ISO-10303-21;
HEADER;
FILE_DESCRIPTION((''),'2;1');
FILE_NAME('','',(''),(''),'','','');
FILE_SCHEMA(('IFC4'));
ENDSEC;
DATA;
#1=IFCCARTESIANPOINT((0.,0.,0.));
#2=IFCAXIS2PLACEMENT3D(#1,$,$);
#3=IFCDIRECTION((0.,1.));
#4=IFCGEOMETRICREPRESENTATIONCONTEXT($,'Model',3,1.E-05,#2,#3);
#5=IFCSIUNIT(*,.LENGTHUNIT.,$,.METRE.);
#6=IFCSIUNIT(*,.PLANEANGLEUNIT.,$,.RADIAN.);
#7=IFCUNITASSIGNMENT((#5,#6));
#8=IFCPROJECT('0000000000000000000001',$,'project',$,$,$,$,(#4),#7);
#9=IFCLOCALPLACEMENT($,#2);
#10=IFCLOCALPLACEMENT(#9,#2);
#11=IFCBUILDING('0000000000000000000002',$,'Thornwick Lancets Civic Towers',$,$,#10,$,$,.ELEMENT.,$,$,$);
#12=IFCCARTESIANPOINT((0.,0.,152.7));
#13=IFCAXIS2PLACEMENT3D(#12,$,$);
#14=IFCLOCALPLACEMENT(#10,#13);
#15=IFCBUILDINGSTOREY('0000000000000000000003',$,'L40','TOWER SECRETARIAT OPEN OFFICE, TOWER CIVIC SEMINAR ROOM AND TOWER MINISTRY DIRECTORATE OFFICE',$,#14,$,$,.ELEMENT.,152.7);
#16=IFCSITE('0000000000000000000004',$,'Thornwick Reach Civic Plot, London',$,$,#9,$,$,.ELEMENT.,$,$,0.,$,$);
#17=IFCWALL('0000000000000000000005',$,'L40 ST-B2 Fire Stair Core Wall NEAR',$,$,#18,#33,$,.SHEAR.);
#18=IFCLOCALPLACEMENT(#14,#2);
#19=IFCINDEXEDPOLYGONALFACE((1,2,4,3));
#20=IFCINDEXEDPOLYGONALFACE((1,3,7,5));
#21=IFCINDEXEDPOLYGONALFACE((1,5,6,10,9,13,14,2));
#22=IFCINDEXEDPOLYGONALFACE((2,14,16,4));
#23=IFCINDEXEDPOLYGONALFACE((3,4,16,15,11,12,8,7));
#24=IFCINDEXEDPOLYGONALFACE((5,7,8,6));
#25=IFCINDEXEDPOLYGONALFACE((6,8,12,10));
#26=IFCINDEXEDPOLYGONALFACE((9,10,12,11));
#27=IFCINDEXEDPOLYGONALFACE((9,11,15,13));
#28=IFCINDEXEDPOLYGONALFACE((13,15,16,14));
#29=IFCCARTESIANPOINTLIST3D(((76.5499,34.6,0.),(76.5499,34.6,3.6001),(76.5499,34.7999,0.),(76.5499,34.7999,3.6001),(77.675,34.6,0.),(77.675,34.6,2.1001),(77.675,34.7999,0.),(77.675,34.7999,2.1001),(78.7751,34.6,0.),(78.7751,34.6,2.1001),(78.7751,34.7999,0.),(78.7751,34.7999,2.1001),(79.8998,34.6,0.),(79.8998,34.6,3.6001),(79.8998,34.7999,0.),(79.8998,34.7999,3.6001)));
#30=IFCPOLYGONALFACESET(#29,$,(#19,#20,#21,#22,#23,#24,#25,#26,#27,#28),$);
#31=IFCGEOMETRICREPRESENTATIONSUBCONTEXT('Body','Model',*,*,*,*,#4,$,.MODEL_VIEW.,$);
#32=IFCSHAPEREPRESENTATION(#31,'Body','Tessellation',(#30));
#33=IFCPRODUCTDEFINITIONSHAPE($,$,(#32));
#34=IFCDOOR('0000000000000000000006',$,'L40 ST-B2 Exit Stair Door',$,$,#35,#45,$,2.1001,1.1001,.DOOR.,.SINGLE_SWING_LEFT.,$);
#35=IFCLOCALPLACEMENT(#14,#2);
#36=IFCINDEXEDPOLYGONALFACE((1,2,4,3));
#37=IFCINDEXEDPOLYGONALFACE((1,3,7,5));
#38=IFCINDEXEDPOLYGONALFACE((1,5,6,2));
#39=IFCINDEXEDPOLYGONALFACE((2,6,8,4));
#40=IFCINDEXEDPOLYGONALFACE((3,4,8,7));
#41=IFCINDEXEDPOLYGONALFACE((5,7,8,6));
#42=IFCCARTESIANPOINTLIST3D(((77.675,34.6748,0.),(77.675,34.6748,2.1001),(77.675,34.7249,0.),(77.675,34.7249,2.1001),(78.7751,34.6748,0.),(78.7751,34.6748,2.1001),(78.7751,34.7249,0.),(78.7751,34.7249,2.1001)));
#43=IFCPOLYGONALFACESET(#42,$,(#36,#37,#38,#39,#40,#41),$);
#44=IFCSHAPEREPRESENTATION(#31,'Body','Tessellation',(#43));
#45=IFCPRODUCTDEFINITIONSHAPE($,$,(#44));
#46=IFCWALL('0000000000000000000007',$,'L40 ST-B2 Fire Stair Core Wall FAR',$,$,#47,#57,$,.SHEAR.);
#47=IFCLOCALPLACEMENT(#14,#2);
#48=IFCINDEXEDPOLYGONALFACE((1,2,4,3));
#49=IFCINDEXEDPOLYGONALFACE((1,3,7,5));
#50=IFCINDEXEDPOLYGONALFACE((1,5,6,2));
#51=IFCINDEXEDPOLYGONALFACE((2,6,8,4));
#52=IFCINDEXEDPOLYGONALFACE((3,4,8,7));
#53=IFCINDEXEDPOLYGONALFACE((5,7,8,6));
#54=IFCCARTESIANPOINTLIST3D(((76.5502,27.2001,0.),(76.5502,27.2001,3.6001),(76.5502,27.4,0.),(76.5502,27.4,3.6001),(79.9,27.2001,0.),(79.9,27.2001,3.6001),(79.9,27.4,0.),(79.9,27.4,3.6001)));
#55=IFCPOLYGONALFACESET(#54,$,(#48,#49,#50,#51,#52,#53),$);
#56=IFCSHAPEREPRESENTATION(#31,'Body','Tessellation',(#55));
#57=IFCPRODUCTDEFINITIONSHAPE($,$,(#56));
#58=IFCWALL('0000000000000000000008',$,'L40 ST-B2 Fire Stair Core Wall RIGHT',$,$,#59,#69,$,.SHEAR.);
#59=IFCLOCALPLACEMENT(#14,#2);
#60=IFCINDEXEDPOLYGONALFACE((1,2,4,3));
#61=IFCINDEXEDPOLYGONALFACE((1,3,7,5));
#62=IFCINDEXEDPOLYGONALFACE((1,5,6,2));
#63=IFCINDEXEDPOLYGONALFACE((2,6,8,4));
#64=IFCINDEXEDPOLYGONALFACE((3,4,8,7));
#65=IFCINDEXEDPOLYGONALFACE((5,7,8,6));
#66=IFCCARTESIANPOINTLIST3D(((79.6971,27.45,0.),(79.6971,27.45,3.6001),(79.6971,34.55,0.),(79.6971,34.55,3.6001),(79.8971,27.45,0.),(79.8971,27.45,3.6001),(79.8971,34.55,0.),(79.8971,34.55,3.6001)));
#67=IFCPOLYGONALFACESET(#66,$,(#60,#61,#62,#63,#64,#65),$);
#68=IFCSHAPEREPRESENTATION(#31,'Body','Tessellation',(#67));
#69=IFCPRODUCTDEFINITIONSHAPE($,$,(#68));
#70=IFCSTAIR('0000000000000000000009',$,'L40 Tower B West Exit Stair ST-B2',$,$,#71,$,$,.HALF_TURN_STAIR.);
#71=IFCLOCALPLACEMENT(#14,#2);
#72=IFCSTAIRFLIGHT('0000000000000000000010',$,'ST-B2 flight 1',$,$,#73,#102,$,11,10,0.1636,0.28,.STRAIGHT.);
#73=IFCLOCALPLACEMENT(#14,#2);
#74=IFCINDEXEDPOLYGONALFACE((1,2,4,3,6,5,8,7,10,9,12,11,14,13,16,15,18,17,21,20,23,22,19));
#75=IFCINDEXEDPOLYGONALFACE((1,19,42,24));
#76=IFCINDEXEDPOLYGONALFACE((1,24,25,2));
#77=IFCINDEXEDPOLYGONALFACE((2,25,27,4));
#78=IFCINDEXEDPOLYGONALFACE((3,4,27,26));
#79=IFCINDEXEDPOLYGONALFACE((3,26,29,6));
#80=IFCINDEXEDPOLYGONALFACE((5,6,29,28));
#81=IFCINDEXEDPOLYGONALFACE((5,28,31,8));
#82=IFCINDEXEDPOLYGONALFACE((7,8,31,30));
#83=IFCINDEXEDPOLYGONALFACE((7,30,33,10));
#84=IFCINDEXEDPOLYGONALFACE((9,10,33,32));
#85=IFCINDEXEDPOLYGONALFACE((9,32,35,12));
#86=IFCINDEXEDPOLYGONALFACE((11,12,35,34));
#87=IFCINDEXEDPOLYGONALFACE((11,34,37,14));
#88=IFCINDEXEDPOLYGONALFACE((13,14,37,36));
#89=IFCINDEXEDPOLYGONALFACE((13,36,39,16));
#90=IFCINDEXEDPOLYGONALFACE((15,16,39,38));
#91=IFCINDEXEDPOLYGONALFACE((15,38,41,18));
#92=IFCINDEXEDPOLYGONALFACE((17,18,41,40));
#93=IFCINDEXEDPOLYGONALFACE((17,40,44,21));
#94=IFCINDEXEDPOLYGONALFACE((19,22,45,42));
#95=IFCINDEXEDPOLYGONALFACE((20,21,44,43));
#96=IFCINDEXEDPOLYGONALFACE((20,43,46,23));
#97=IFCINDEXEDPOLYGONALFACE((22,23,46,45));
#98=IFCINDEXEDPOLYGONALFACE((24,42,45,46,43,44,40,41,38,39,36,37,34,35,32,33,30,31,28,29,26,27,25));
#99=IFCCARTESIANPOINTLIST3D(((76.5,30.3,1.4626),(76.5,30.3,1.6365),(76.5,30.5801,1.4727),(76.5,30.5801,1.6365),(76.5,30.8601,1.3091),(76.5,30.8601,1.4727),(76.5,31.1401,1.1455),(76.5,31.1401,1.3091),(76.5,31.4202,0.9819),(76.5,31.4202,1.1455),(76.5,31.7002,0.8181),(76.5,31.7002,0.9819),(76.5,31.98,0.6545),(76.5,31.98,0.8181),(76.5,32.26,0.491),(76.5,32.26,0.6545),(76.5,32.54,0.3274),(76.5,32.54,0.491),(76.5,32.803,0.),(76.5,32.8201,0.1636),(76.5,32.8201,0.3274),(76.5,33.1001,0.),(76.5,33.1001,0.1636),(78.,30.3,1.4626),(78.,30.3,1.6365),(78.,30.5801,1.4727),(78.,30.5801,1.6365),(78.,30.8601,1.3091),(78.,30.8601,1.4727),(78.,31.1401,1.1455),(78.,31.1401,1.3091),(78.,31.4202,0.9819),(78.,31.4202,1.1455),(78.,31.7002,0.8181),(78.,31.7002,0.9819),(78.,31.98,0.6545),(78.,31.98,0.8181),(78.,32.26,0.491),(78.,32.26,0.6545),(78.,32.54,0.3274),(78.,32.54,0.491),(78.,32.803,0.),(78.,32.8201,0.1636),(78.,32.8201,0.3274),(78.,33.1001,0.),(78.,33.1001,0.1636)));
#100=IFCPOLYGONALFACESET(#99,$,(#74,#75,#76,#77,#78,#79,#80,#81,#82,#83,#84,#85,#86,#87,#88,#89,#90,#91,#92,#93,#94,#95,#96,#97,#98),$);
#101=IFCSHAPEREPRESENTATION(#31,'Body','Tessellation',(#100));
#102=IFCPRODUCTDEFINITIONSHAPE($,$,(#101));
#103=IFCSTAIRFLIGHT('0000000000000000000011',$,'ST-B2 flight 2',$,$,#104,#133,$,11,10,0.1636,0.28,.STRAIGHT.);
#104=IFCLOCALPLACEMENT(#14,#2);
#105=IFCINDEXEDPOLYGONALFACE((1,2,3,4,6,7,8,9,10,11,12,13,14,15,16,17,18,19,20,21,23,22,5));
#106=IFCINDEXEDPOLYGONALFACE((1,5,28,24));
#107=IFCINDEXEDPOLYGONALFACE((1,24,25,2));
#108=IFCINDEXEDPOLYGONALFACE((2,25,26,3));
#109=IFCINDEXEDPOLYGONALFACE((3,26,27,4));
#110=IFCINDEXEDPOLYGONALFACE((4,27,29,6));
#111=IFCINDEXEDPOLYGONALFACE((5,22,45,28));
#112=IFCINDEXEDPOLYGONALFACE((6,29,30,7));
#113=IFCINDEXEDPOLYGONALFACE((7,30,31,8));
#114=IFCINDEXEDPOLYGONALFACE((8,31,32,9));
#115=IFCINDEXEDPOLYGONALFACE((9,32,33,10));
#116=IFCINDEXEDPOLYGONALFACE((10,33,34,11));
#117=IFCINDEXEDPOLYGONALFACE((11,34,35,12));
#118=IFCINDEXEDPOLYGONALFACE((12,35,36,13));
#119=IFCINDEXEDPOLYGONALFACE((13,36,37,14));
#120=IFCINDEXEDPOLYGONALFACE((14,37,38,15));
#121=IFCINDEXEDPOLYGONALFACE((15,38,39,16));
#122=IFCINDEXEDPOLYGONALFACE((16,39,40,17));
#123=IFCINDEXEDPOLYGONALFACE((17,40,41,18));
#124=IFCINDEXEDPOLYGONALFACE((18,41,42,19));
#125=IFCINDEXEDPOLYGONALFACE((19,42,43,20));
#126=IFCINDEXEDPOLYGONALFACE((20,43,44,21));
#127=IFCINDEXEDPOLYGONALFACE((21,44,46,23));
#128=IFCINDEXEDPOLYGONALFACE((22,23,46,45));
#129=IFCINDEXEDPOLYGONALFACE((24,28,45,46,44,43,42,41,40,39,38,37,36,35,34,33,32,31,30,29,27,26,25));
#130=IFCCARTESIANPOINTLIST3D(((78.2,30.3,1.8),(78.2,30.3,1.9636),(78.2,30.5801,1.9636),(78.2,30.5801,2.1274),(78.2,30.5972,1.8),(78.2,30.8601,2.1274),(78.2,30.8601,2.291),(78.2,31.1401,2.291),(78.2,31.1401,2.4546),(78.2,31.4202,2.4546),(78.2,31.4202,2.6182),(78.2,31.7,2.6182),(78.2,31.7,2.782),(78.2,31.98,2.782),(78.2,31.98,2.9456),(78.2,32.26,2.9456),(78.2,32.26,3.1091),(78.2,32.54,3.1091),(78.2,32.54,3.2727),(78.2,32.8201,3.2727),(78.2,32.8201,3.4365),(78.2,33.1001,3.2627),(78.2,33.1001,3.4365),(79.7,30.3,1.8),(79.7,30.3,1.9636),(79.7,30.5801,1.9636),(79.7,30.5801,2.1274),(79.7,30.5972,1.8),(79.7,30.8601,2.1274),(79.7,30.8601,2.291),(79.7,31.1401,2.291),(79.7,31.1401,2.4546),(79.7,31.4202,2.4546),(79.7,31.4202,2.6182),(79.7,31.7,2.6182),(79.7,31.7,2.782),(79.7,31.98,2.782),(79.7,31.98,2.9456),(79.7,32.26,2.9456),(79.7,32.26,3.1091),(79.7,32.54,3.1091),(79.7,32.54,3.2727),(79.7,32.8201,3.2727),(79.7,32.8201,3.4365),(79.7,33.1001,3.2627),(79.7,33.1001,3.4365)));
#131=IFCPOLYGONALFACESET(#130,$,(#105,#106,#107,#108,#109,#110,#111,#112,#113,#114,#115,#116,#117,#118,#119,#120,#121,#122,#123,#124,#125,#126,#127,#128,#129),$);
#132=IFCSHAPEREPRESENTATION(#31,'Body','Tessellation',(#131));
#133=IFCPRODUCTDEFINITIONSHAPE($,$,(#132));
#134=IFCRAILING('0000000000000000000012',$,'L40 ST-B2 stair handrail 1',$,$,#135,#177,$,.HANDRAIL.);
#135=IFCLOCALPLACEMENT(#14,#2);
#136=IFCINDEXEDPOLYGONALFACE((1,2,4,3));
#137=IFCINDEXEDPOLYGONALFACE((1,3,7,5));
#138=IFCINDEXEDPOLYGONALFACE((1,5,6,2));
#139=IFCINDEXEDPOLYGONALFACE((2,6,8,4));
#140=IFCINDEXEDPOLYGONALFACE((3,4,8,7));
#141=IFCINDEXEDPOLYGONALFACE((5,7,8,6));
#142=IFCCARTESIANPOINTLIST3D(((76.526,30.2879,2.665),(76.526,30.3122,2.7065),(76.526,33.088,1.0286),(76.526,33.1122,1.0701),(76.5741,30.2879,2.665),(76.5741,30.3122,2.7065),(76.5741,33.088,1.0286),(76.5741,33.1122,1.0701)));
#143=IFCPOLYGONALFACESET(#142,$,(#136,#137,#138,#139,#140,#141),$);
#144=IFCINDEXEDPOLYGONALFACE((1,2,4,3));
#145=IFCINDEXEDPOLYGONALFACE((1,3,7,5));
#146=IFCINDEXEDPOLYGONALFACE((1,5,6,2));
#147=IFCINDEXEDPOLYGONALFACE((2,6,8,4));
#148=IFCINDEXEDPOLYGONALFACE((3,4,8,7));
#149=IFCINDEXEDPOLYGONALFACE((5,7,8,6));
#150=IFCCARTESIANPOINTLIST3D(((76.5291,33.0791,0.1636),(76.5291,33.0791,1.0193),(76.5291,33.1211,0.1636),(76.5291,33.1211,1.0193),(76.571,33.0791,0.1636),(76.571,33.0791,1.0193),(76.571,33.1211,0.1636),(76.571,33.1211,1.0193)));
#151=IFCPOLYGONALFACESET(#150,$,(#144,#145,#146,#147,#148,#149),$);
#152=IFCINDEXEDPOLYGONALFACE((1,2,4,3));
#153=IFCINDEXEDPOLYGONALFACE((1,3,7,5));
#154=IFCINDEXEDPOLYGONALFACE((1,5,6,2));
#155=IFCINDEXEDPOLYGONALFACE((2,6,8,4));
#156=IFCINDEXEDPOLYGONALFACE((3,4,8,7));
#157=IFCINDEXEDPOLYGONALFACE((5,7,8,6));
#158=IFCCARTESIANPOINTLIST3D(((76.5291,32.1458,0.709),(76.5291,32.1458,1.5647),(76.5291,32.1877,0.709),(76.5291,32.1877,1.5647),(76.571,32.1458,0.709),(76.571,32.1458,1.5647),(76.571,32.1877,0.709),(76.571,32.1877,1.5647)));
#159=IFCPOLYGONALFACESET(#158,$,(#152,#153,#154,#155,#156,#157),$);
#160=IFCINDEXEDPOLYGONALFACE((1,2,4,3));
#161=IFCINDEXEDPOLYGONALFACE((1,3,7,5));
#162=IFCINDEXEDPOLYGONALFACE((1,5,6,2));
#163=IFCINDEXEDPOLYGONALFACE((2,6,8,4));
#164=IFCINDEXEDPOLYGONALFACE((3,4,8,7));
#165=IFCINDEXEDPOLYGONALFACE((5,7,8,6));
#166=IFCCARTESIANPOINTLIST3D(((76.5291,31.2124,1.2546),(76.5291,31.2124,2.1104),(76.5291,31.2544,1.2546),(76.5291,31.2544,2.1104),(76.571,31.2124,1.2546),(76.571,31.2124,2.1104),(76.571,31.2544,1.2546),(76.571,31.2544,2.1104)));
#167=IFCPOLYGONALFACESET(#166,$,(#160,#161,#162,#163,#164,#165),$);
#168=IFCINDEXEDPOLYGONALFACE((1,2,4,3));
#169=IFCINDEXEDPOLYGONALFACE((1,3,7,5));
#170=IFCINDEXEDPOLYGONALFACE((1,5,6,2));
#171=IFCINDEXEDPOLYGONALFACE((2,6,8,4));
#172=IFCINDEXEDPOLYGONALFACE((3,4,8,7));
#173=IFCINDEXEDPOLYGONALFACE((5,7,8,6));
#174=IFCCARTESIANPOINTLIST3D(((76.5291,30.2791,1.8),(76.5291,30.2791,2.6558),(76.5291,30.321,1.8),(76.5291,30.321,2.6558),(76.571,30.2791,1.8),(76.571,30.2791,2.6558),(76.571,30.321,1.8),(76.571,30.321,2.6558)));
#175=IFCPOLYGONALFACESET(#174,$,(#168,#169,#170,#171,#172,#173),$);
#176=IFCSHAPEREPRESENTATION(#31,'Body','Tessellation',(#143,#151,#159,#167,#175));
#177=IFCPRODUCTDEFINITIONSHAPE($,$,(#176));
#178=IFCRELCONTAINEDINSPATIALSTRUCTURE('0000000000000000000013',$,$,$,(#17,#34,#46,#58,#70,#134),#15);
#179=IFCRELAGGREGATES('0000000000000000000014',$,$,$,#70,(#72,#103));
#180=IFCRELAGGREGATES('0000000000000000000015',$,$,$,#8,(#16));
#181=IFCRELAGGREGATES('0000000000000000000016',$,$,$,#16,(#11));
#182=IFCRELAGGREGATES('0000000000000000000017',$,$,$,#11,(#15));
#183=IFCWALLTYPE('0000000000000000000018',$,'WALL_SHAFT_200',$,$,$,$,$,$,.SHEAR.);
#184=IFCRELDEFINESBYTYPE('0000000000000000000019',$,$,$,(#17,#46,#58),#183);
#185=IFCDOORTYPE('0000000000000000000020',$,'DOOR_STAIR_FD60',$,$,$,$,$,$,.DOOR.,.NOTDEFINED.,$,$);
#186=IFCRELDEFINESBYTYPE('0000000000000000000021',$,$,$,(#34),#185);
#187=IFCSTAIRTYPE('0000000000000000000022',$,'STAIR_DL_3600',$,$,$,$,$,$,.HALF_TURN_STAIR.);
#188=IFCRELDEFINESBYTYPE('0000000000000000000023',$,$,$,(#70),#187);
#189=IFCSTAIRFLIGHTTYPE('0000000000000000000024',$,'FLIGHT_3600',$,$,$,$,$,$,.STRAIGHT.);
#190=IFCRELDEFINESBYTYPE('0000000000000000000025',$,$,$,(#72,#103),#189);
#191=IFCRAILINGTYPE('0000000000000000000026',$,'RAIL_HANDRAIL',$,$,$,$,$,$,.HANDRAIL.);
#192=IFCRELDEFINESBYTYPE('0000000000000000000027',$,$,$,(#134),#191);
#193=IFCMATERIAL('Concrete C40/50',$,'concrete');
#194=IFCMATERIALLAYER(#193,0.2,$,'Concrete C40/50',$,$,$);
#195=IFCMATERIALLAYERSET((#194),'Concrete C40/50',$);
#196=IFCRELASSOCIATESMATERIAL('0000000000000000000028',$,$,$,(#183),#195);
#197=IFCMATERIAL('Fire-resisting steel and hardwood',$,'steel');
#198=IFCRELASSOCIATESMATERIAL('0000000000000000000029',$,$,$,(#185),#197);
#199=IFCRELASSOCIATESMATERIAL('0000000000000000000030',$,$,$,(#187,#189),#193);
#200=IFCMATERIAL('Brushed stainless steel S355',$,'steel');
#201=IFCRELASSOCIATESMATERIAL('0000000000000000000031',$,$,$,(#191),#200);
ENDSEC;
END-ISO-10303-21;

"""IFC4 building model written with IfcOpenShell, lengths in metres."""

from ifc_helpers import new_model, si_unit, direction, frame, frame_2d, origin, origin_2d, place, context, subcontext, project, spatial, polyline, rectangle, outline, extrude, material, layer, layer_set, type_object, element, fill, aggregate, save


model = new_model("IFC4")

# Units and contexts
model_context = context("Model", 3, precision=1e-05, world=origin(), true_north=direction((0.0, 1.0)))
body_context = subcontext(model_context, "Body", "Model", "MODEL_VIEW")
ifc_project = project(units=[si_unit("LENGTHUNIT", "METRE"), si_unit("PLANEANGLEUNIT", "RADIAN")], contexts=[model_context])

# Site, building, storey
site_placement = place(None, origin())
site = spatial("IfcSite", under=ifc_project, at=site_placement, Name="Thornwick Reach Civic Plot, London", CompositionType="ELEMENT", RefElevation=0.0)
building_placement = place(site_placement, origin())
building = spatial("IfcBuilding", under=site, at=building_placement, Name="Thornwick Lancets Civic Towers", CompositionType="ELEMENT")
storey_placement = place(building_placement, frame((0.0, 0.0, 152.7)))
storey = spatial("IfcBuildingStorey", under=building, at=storey_placement, Name="L40", Description="TOWER SECRETARIAT OPEN OFFICE, TOWER CIVIC SEMINAR ROOM AND TOWER MINISTRY DIRECTORATE OFFICE", CompositionType="ELEMENT", Elevation=152.7)

# Shared definitions
ifc_material_1 = material(Name="Concrete C40/50", Category="concrete")

# Wall, opening, door
ifc_layer_1 = layer(ifc_material_1, 0.2, Name="Concrete C40/50")
ifc_layer_set_1 = layer_set([ifc_layer_1], Name="Concrete C40/50")
wall_type_1 = type_object("IfcWallType", Name="WALL_SHAFT_200", PredefinedType="SHEAR", material=ifc_layer_set_1)
wall_1_placement = place(storey_placement, frame((76.55, 34.7, 0.0), z_axis=(0.0, 0.0, 1.0), x_axis=(1.0, 0.0, 0.0)))
wall_1 = element("IfcWall", 1, at=wall_1_placement, inside=storey, type_object=wall_type_1, Name="L40 ST-B2 Fire Stair Core Wall NEAR", PredefinedType="SHEAR", context=body_context, shape_type="SweptSolid", body=[
    extrude(rectangle(XDim=3.3499, YDim=0.2, at=frame_2d((1.6748, 0.0))), origin(), (0.0, 0.0, 1.0), 3.6001),
])
opening_1_placement = place(wall_1_placement, frame((1.125, 0.0, 0.0)))
opening_1 = element("IfcOpeningElement", 2, at=opening_1_placement, cuts=wall_1, PredefinedType="OPENING", context=body_context, shape_type="SweptSolid", body=[
    extrude(rectangle(XDim=1.1001, YDim=2.1001, at=frame_2d((0.55, 1.05))), frame((0.0, 0.1099, 0.0), z_axis=(0.0, -1.0, 0.0), x_axis=(1.0, 0.0, 0.0)), (0.0, 0.0, 1.0), 0.22),
])
ifc_material_2 = material(Name="Fire-resisting steel and hardwood", Category="steel")
door_type_1 = type_object("IfcDoorType", Name="DOOR_STAIR_FD60", OperationType="NOTDEFINED", PredefinedType="DOOR", material=ifc_material_2)
door_1_placement = place(opening_1_placement, origin())
door_1 = element("IfcDoor", 3, at=door_1_placement, inside=storey, type_object=door_type_1, Name="L40 ST-B2 Exit Stair Door", OperationType="SINGLE_SWING_LEFT", OverallHeight=2.1001, OverallWidth=1.1001, PredefinedType="DOOR", context=body_context, shape_type="SweptSolid", body=[
    extrude(rectangle(XDim=1.1001, YDim=2.1001, at=frame_2d((0.55, 1.05))), frame((0.0, 0.0249, 0.0), z_axis=(0.0, -1.0, 0.0), x_axis=(1.0, 0.0, 0.0)), (0.0, 0.0, 1.0), 0.05),
])
fill(opening_1, door_1)

# Walls
wall_2_placement = place(storey_placement, frame((79.8999, 27.3, 0.0), z_axis=(0.0, 0.0, 1.0), x_axis=(-1.0, 0.0, 0.0)))
element("IfcWall", 4, at=wall_2_placement, inside=storey, type_object=wall_type_1, Name="L40 ST-B2 Fire Stair Core Wall FAR", PredefinedType="SHEAR", context=body_context, shape_type="SweptSolid", body=[
    extrude(rectangle(XDim=3.3499, YDim=0.2, at=frame_2d((1.6748, 0.0))), origin(), (0.0, 0.0, 1.0), 3.6001),
])
wall_3_placement = place(storey_placement, frame((79.7971, 27.45, 0.0), z_axis=(0.0, 0.0, 1.0), x_axis=(0.0, 1.0, 0.0)))
element("IfcWall", 5, at=wall_3_placement, inside=storey, type_object=wall_type_1, Name="L40 ST-B2 Fire Stair Core Wall RIGHT", PredefinedType="SHEAR", context=body_context, shape_type="SweptSolid", body=[
    extrude(rectangle(XDim=7.1001, YDim=0.2, at=frame_2d((3.55, 0.0))), origin(), (0.0, 0.0, 1.0), 3.6001),
])

# Stair, stair flights
stair_type = type_object("IfcStairType", Name="STAIR_DL_3600", PredefinedType="HALF_TURN_STAIR", material=ifc_material_1)
stair_placement = place(storey_placement, origin())
stair = element("IfcStair", 6, at=stair_placement, inside=storey, type_object=stair_type, Name="L40 Tower B West Exit Stair ST-B2", PredefinedType="HALF_TURN_STAIR")
stair_flight_type = type_object("IfcStairFlightType", Name="FLIGHT_3600", PredefinedType="STRAIGHT", material=ifc_material_1)
stair_flight_1_placement = place(storey_placement, frame((77.25, 33.1001, 0.0), z_axis=(0.0, 0.0, 1.0), x_axis=(0.0, -1.0, 0.0)))
stair_flight_1 = element("IfcStairFlight", 7, at=stair_flight_1_placement, type_object=stair_flight_type, Name="ST-B2 flight 1", NumberOfRisers=11, NumberOfTreads=10, PredefinedType="STRAIGHT", RiserHeight=0.1636, TreadLength=0.28, context=body_context, shape_type="SweptSolid", body=[
    extrude(outline(polyline([(0.0, 0.0), (0.0, 0.1636), (0.28, 0.1636), (0.28, 0.3274), (0.5601, 0.3274), (0.5601, 0.491), (0.8401, 0.491), (0.8401, 0.6545), (1.1201, 0.6545), (1.1201, 0.8181), (1.3999, 0.8181), (1.3999, 0.9819), (1.6799, 0.9819), (1.6799, 1.1455), (1.96, 1.1455), (1.96, 1.3091), (2.24, 1.3091), (2.24, 1.4727), (2.52, 1.4727), (2.52, 1.6365), (2.8, 1.6365), (2.8, 1.8), (2.8, 1.4626), (0.2971, 0.0), (0.0, 0.0)])), frame((0.0, 0.75, 0.0), z_axis=(0.0, -1.0, 0.0), x_axis=(1.0, 0.0, 0.0)), (0.0, 0.0, 1.0), 1.5),
])
stair_flight_2_placement = place(storey_placement, frame((78.95, 30.3, 1.8), z_axis=(0.0, 0.0, 1.0), x_axis=(0.0, 1.0, 0.0)))
stair_flight_2 = element("IfcStairFlight", 8, at=stair_flight_2_placement, type_object=stair_flight_type, Name="ST-B2 flight 2", NumberOfRisers=11, NumberOfTreads=10, PredefinedType="STRAIGHT", RiserHeight=0.1636, TreadLength=0.28, context=body_context, shape_type="SweptSolid", body=[
    extrude(outline(polyline([(0.0, 0.0), (0.0, 0.1636), (0.28, 0.1636), (0.28, 0.3274), (0.5601, 0.3274), (0.5601, 0.491), (0.8401, 0.491), (0.8401, 0.6545), (1.1201, 0.6545), (1.1201, 0.8181), (1.3999, 0.8181), (1.3999, 0.9819), (1.6799, 0.9819), (1.6799, 1.1455), (1.96, 1.1455), (1.96, 1.3091), (2.24, 1.3091), (2.24, 1.4727), (2.52, 1.4727), (2.52, 1.6365), (2.8, 1.6365), (2.8, 1.8), (2.8, 1.4626), (0.2971, 0.0), (0.0, 0.0)])), frame((0.0, 0.75, 0.0), z_axis=(0.0, -1.0, 0.0), x_axis=(1.0, 0.0, 0.0)), (0.0, 0.0, 1.0), 1.5),
])
aggregate(stair, [stair_flight_1, stair_flight_2])

# Railing
ifc_material_3 = material(Name="Brushed stainless steel S355", Category="steel")
railing_type_1 = type_object("IfcRailingType", Name="RAIL_HANDRAIL", PredefinedType="HANDRAIL", material=ifc_material_3)
railing_1_placement = place(storey_placement, frame((76.55, 33.1001, 0.1636)))
element("IfcRailing", 9, at=railing_1_placement, inside=storey, type_object=railing_type_1, Name="L40 ST-B2 stair handrail 1", PredefinedType="HANDRAIL", context=body_context, shape_type="SweptSolid", body=[
    extrude(rectangle(XDim=0.0481, YDim=0.0481, at=origin_2d()), frame((0.0, 0.0, 0.8857), z_axis=(0.0, -0.863361, 0.504587), x_axis=(1.0, 0.0, 0.0)), (0.0, 0.0, 1.0), 3.2432),
    extrude(rectangle(XDim=0.042, YDim=0.042, at=origin_2d()), origin(), (0.0, 0.0, 1.0), 0.8557),
    extrude(rectangle(XDim=0.042, YDim=0.042, at=origin_2d()), frame((0.0, -0.9333, 0.5454)), (0.0, 0.0, 1.0), 0.8557),
    extrude(rectangle(XDim=0.042, YDim=0.042, at=origin_2d()), frame((0.0, -1.8667, 1.0911)), (0.0, 0.0, 1.0), 0.8557),
    extrude(rectangle(XDim=0.042, YDim=0.042, at=origin_2d()), frame((0.0, -2.8, 1.6365)), (0.0, 0.0, 1.0), 0.8557),
])

save(model, "model.ifc")
